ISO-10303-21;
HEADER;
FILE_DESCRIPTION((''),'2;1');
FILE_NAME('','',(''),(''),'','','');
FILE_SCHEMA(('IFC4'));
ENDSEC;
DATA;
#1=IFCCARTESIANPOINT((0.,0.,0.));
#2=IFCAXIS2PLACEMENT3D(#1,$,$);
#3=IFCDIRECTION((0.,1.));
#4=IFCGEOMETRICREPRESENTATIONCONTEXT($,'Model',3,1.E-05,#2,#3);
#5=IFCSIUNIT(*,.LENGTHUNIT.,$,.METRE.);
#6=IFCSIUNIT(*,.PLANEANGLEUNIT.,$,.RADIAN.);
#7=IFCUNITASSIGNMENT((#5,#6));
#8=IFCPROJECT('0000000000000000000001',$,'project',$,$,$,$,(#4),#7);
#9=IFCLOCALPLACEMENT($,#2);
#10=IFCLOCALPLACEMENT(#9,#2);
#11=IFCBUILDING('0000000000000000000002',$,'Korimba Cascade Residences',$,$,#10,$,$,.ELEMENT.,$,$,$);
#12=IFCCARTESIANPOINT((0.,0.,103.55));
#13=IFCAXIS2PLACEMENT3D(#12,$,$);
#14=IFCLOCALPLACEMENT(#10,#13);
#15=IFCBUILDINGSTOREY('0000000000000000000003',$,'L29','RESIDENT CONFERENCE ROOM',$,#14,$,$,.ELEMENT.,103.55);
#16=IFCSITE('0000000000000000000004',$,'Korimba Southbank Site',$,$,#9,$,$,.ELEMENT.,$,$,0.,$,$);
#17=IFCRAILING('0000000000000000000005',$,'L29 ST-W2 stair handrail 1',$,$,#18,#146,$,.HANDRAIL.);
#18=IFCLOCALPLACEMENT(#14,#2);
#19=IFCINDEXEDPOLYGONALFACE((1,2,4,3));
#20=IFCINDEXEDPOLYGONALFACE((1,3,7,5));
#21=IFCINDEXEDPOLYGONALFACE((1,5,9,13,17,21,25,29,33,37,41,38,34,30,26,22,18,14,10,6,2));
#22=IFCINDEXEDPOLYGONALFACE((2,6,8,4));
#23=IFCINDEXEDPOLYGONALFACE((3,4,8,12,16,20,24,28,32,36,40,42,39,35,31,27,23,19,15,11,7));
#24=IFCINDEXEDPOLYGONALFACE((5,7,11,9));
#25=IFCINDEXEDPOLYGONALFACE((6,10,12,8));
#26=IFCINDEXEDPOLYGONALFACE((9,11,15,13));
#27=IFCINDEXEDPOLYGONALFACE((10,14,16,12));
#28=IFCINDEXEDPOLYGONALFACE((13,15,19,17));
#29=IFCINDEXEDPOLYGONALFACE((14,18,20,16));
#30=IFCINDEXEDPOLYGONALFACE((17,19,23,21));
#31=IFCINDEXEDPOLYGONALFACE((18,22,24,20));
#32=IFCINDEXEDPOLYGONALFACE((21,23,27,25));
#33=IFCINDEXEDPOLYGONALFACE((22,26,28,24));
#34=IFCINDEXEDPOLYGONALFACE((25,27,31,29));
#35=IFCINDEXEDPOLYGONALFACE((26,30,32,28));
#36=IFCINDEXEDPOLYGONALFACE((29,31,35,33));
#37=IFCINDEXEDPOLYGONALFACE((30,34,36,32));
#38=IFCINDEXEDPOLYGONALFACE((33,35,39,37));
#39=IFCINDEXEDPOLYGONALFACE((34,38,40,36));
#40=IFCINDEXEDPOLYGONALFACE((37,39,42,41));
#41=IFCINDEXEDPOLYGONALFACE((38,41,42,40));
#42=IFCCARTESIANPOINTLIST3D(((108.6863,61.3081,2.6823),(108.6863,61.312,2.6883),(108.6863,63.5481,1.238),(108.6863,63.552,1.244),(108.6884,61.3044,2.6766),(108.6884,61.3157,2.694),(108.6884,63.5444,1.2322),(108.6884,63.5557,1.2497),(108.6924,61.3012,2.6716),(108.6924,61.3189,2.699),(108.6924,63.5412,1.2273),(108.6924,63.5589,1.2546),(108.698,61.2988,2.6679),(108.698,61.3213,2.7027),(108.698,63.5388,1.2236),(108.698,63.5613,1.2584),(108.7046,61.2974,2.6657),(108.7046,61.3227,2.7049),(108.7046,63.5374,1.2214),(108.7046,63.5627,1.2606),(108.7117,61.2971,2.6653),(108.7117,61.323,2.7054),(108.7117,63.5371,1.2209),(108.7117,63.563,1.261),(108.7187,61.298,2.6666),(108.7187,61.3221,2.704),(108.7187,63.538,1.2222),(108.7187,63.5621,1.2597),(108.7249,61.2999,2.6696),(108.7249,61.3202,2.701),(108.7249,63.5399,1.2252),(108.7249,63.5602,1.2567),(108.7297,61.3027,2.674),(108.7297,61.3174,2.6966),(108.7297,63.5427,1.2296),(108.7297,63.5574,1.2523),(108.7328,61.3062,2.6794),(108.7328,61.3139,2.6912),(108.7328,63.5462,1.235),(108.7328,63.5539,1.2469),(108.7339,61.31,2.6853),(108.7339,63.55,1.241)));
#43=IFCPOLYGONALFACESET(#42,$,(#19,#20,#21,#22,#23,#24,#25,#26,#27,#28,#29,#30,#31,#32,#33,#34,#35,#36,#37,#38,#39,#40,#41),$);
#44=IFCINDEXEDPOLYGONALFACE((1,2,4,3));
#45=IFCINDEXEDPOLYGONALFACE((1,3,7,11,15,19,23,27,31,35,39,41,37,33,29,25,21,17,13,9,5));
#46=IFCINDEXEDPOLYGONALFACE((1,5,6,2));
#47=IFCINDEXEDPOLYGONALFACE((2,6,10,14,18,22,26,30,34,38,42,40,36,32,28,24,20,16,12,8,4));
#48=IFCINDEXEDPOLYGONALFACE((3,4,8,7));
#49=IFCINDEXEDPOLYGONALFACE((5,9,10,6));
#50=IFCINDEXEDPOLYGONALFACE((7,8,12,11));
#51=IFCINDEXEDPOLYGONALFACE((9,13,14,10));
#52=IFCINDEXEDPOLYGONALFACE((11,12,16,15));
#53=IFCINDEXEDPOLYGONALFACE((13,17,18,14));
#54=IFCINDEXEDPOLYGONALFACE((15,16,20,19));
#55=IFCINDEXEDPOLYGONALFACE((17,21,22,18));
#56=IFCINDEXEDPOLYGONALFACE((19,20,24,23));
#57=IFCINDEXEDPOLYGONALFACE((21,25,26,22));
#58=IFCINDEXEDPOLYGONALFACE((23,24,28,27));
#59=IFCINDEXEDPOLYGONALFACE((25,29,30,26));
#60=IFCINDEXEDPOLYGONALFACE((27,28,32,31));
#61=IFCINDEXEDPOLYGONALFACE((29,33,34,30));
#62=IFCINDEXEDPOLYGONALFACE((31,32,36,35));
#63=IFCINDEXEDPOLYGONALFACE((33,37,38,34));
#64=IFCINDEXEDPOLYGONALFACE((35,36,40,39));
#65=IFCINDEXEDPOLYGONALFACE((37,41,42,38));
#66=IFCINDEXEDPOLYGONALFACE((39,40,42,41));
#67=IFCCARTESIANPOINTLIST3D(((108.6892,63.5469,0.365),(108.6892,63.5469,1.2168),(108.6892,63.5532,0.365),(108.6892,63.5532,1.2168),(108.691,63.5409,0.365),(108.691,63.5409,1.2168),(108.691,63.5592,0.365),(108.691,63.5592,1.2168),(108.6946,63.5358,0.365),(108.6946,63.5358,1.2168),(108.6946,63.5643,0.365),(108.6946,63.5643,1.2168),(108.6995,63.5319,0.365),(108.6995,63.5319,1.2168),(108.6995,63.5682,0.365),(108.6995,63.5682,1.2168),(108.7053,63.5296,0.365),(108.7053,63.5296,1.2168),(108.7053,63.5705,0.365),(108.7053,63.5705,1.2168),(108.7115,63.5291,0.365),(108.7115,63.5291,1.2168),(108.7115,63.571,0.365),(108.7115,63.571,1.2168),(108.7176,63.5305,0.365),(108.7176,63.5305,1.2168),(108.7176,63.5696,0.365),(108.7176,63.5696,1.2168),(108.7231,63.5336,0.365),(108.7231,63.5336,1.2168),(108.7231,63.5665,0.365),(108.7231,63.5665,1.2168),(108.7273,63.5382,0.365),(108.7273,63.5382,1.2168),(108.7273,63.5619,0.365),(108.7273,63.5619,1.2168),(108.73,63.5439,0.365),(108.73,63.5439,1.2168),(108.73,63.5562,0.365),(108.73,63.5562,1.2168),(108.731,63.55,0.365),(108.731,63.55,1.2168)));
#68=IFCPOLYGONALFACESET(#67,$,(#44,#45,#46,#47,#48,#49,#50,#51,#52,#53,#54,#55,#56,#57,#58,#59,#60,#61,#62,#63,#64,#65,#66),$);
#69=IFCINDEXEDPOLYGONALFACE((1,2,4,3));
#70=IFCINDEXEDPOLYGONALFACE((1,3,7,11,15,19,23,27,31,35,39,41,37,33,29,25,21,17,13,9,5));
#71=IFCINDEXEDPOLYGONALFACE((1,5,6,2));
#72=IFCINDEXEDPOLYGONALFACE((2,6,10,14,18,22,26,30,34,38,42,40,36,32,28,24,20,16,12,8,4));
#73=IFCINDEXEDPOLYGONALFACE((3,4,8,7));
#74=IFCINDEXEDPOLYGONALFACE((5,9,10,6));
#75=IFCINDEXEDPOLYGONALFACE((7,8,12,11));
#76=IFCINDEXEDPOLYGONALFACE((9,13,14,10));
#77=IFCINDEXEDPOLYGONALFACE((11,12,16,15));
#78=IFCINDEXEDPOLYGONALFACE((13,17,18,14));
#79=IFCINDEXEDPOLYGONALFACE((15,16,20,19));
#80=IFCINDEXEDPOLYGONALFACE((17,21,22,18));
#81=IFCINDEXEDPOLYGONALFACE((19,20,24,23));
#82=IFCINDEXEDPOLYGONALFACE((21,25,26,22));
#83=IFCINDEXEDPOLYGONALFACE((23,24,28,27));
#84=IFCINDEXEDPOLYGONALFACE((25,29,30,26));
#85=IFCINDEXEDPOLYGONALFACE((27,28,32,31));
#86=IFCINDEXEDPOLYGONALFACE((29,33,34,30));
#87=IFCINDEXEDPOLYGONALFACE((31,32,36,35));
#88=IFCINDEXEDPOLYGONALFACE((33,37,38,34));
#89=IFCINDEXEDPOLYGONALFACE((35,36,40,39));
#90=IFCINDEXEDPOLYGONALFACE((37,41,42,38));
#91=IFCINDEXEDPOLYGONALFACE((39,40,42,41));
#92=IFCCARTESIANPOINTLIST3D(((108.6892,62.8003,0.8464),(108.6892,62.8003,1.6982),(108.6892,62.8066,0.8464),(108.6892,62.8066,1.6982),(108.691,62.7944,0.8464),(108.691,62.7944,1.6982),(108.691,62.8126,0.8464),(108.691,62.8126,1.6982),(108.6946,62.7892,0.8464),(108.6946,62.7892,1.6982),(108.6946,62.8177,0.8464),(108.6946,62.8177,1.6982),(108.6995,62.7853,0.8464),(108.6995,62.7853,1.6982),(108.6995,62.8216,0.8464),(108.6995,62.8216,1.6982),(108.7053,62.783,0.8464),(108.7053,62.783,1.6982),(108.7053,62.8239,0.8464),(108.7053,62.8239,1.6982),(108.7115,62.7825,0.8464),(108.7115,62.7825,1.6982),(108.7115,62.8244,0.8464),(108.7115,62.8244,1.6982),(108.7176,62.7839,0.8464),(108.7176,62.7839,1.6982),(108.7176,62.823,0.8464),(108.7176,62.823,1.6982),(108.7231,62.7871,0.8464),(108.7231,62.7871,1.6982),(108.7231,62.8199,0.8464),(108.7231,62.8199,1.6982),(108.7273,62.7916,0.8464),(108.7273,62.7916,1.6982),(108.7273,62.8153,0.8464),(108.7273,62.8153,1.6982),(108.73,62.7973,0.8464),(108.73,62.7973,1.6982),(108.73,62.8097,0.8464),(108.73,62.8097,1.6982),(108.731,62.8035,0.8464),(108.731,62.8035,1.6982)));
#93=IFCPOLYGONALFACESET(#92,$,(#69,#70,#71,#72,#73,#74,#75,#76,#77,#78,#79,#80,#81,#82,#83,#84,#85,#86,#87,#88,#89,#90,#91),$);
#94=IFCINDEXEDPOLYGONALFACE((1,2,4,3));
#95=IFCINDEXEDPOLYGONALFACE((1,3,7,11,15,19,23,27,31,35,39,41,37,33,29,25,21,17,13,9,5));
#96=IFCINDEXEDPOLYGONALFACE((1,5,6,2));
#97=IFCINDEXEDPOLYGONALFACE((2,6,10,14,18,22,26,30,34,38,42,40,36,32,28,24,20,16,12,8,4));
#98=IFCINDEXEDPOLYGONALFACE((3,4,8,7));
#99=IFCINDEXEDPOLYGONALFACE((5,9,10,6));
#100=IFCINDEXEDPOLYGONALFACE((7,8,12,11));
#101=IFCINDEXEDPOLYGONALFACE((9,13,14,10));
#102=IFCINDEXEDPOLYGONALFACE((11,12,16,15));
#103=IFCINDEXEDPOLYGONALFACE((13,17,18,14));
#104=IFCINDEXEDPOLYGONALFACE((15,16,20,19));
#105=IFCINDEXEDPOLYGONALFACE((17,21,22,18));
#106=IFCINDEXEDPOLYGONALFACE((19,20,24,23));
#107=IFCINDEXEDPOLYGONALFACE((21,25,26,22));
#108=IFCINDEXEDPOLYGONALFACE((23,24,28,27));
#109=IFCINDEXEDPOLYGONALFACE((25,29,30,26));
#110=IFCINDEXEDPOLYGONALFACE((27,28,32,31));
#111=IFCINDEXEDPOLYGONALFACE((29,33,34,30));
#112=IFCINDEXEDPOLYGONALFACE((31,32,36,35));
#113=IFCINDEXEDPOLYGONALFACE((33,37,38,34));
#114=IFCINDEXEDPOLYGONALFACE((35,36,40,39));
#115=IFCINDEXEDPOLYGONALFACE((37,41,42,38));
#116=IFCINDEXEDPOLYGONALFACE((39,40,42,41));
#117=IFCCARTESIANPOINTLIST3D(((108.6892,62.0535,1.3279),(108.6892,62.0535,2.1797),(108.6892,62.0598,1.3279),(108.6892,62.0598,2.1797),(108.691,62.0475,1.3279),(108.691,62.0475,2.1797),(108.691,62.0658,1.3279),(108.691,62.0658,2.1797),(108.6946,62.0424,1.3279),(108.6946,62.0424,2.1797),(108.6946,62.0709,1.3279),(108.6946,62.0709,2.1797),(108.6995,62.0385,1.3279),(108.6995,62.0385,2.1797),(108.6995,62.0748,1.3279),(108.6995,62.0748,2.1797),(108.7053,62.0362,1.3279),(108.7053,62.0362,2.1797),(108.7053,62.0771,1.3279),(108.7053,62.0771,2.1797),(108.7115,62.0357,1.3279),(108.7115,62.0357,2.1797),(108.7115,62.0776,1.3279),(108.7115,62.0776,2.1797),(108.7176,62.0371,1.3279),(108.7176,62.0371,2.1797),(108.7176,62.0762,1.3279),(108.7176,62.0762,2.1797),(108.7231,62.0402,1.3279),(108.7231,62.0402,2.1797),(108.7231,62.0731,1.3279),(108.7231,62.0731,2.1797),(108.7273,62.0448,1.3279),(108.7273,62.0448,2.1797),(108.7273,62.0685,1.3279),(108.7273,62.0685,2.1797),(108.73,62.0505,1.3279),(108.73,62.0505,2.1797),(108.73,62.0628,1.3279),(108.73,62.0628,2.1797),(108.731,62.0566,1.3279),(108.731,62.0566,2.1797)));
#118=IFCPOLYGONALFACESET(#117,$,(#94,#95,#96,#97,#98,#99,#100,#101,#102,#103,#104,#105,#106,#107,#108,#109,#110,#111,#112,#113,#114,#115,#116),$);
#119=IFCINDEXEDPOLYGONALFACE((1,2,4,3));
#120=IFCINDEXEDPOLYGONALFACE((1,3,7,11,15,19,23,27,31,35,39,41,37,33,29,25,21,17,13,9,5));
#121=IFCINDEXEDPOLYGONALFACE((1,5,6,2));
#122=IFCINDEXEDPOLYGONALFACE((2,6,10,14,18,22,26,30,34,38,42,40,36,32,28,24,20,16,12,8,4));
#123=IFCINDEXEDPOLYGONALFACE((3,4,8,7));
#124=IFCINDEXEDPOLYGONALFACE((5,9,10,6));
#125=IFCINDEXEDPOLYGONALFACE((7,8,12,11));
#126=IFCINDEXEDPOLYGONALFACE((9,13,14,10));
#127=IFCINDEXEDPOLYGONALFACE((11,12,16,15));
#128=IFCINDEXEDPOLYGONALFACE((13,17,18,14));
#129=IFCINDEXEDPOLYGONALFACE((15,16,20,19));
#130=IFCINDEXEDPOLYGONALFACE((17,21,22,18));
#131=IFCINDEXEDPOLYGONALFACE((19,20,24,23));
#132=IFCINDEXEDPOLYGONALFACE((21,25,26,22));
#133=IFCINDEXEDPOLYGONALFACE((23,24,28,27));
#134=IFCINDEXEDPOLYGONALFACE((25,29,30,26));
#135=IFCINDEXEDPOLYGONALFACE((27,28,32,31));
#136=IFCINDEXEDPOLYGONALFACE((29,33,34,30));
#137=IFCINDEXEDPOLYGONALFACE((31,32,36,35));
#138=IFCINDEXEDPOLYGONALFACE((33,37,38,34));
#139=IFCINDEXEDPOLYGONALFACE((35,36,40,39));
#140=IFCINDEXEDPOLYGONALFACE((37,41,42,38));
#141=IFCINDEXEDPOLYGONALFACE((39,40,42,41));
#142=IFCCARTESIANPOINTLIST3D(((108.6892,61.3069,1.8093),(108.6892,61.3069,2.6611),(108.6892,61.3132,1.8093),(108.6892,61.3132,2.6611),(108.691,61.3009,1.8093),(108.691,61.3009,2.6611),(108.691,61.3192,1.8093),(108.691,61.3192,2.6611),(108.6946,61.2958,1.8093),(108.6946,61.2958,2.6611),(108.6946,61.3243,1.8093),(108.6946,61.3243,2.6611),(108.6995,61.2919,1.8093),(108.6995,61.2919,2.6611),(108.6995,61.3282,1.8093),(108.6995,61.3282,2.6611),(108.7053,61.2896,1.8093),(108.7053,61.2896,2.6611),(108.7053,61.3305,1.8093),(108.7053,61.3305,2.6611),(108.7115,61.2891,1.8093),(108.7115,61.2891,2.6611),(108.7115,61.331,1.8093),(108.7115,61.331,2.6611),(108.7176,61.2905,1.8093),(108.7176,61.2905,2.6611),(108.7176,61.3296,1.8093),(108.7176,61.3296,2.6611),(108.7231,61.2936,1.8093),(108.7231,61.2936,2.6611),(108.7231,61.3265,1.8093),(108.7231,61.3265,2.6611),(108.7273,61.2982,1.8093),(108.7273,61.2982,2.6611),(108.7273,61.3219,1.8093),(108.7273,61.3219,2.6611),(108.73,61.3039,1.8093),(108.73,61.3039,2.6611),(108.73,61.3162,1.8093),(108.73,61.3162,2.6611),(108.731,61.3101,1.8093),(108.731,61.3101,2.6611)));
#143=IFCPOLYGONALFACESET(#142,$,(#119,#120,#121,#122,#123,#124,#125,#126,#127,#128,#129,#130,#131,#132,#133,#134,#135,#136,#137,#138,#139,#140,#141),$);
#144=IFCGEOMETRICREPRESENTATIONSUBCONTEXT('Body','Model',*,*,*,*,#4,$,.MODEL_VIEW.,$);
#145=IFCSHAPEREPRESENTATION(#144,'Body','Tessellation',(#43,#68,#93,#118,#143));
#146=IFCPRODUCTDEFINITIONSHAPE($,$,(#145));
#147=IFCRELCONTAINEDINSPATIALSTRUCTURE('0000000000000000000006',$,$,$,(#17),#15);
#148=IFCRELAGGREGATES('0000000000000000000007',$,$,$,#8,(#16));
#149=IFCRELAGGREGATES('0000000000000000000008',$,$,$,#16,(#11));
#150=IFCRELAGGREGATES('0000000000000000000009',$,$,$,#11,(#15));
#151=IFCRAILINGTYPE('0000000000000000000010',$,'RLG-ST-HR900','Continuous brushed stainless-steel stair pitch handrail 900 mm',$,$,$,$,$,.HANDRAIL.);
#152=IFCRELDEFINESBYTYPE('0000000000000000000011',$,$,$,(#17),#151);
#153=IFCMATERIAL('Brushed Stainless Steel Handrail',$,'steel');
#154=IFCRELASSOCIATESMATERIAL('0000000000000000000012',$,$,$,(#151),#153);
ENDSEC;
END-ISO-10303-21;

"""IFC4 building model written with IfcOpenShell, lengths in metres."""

from ifc_helpers import new_model, si_unit, direction, frame, origin, origin_2d, place, context, subcontext, project, spatial, circle, extrude, material, type_object, element, save


model = new_model("IFC4")

# Units and contexts
model_context = context("Model", 3, precision=1e-05, world=origin(), true_north=direction((0.0, 1.0)))
body_context = subcontext(model_context, "Body", "Model", "MODEL_VIEW")
ifc_project = project(units=[si_unit("LENGTHUNIT", "METRE"), si_unit("PLANEANGLEUNIT", "RADIAN")], contexts=[model_context])

# Site, building, storey
site_placement = place(None, origin())
site = spatial("IfcSite", under=ifc_project, at=site_placement, Name="Korimba Southbank Site", CompositionType="ELEMENT", RefElevation=0.0)
building_placement = place(site_placement, origin())
building = spatial("IfcBuilding", under=site, at=building_placement, Name="Korimba Cascade Residences", CompositionType="ELEMENT")
storey_placement = place(building_placement, frame((0.0, 0.0, 103.55)))
storey = spatial("IfcBuildingStorey", under=building, at=storey_placement, Name="L29", Description="RESIDENT CONFERENCE ROOM", CompositionType="ELEMENT", Elevation=103.55)

# Railing
ifc_material_1 = material(Name="Brushed Stainless Steel Handrail", Category="steel")
railing_type_1 = type_object("IfcRailingType", Name="RLG-ST-HR900", Description="Continuous brushed stainless-steel stair pitch handrail 900 mm", PredefinedType="HANDRAIL", material=ifc_material_1)
railing_1_placement = place(storey_placement, frame((108.71, 63.55, 0.365)))
element("IfcRailing", 1, at=railing_1_placement, inside=storey, type_object=railing_type_1, Name="L29 ST-W2 stair handrail 1", PredefinedType="HANDRAIL", context=body_context, shape_type="SweptSolid", body=[
    extrude(circle(Radius=0.0239, at=origin_2d()), frame((0.0, 0.0, 0.876), z_axis=(0.0, -0.840437, 0.54191), x_axis=(1.0, 0.0, 0.0)), (0.0, 0.0, 1.0), 2.6653),
    extrude(circle(Radius=0.021, at=origin_2d()), origin(), (0.0, 0.0, 1.0), 0.8518),
    extrude(circle(Radius=0.021, at=origin_2d()), frame((0.0, -0.7466, 0.4814)), (0.0, 0.0, 1.0), 0.8518),
    extrude(circle(Radius=0.021, at=origin_2d()), frame((0.0, -1.4934, 0.9629)), (0.0, 0.0, 1.0), 0.8518),
    extrude(circle(Radius=0.021, at=origin_2d()), frame((0.0, -2.24, 1.4443)), (0.0, 0.0, 1.0), 0.8518),
])

save(model, "model.ifc")
